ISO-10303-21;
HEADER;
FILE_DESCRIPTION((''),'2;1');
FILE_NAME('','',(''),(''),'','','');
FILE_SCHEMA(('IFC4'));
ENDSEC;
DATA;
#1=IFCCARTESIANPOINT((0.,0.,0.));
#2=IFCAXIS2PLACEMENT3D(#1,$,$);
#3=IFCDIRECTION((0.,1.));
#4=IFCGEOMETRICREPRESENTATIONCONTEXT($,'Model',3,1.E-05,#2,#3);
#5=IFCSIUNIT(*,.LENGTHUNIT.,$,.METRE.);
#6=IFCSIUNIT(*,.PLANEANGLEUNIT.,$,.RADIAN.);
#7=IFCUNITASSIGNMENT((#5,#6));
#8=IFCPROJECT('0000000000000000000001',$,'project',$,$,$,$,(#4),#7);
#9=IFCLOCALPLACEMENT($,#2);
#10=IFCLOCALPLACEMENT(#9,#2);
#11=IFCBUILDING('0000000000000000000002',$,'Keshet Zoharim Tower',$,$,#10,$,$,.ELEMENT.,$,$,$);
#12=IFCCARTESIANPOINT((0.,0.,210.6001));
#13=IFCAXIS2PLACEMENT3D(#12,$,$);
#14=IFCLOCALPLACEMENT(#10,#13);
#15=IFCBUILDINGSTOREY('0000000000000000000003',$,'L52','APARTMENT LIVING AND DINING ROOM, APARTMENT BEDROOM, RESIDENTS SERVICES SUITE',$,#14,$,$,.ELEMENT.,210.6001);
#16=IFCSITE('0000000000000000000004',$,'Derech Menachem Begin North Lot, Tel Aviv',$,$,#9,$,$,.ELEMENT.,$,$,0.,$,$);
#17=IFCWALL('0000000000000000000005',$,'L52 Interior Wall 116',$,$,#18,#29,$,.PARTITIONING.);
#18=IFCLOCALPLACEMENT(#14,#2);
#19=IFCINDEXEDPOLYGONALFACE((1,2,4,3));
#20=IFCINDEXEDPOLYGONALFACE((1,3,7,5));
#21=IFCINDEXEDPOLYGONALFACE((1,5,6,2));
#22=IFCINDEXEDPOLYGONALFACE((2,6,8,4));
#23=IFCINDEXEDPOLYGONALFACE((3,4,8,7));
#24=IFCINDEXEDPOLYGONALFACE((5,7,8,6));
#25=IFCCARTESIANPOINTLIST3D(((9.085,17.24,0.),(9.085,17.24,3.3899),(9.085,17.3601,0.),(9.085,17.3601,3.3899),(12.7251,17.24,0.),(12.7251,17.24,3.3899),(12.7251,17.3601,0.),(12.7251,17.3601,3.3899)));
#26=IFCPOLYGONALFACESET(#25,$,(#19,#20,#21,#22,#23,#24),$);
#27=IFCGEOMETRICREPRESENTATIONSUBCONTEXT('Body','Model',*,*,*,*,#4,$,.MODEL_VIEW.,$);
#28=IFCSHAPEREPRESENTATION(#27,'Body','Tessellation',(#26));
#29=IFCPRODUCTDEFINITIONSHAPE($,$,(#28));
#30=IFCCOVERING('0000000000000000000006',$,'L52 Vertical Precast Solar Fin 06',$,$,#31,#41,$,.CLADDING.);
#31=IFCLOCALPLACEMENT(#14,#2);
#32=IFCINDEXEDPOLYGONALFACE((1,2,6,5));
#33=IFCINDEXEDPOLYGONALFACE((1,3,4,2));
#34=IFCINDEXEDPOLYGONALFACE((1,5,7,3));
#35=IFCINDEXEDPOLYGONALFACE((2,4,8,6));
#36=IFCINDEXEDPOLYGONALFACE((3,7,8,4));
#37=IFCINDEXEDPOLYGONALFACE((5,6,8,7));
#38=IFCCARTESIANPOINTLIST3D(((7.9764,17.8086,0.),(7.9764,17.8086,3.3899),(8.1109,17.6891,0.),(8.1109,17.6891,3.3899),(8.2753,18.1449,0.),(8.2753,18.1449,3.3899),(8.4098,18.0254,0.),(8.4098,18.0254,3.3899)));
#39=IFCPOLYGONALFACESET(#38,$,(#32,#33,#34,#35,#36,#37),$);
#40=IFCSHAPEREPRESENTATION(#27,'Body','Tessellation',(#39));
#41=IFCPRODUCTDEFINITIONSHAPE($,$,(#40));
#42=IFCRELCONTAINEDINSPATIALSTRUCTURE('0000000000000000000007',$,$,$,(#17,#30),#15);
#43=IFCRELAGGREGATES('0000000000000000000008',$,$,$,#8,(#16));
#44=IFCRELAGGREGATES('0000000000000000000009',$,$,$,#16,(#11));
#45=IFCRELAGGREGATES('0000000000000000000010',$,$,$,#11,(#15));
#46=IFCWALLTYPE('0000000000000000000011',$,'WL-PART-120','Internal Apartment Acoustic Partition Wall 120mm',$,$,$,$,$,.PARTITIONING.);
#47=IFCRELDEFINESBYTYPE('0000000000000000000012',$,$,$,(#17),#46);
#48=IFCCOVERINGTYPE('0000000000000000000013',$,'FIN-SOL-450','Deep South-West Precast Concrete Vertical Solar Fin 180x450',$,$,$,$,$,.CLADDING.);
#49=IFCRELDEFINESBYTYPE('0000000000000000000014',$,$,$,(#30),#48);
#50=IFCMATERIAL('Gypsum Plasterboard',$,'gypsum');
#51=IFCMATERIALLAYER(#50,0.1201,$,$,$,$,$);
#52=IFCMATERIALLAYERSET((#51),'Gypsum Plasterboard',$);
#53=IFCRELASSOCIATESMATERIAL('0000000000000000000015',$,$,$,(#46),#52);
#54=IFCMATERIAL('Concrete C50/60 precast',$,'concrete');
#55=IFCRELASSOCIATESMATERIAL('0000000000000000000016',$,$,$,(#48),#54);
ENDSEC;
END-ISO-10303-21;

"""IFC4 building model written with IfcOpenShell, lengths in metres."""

from ifc_helpers import new_model, si_unit, direction, frame, frame_2d, origin, origin_2d, place, context, subcontext, project, spatial, rectangle, extrude, material, layer, layer_set, type_object, element, save


model = new_model("IFC4")

# Units and contexts
model_context = context("Model", 3, precision=1e-05, world=origin(), true_north=direction((0.0, 1.0)))
body_context = subcontext(model_context, "Body", "Model", "MODEL_VIEW")
ifc_project = project(units=[si_unit("LENGTHUNIT", "METRE"), si_unit("PLANEANGLEUNIT", "RADIAN")], contexts=[model_context])

# Site, building, storey
site_placement = place(None, origin())
site = spatial("IfcSite", under=ifc_project, at=site_placement, Name="Derech Menachem Begin North Lot, Tel Aviv", CompositionType="ELEMENT", RefElevation=0.0)
building_placement = place(site_placement, origin())
building = spatial("IfcBuilding", under=site, at=building_placement, Name="Keshet Zoharim Tower", CompositionType="ELEMENT")
storey_placement = place(building_placement, frame((0.0, 0.0, 210.6001)))
storey = spatial("IfcBuildingStorey", under=building, at=storey_placement, Name="L52", Description="APARTMENT LIVING AND DINING ROOM, APARTMENT BEDROOM, RESIDENTS SERVICES SUITE", CompositionType="ELEMENT", Elevation=210.6001)

# Shared definitions
ifc_material_1 = material(Name="Gypsum Plasterboard", Category="gypsum")

# Wall
ifc_layer_1 = layer(ifc_material_1, 0.1201)
ifc_layer_set_1 = layer_set([ifc_layer_1], Name="Gypsum Plasterboard")
wall_type_1 = type_object("IfcWallType", Name="WL-PART-120", Description="Internal Apartment Acoustic Partition Wall 120mm", PredefinedType="PARTITIONING", material=ifc_layer_set_1)
wall_1_placement = place(storey_placement, frame((9.085, 17.3, 0.0), z_axis=(0.0, 0.0, 1.0), x_axis=(1.0, 0.0, 0.0)))
element("IfcWall", 1, at=wall_1_placement, inside=storey, type_object=wall_type_1, Name="L52 Interior Wall 116", PredefinedType="PARTITIONING", context=body_context, shape_type="SweptSolid", body=[
    extrude(rectangle(XDim=3.6401, YDim=0.1201, at=frame_2d((1.8201, 0.0))), origin(), (0.0, 0.0, 1.0), 3.3899),
])

# Covering
ifc_material_2 = material(Name="Concrete C50/60 precast", Category="concrete")
covering_type = type_object("IfcCoveringType", Name="FIN-SOL-450", Description="Deep South-West Precast Concrete Vertical Solar Fin 180x450", PredefinedType="CLADDING", material=ifc_material_2)
covering_placement = place(storey_placement, frame((8.1931, 17.917, 0.0), z_axis=(0.0, 0.0, 1.0), x_axis=(-0.747409, 0.664364, 0.0)))
element("IfcCovering", 2, at=covering_placement, inside=storey, type_object=covering_type, Name="L52 Vertical Precast Solar Fin 06", PredefinedType="CLADDING", context=body_context, shape_type="SweptSolid", body=[
    extrude(rectangle(XDim=0.1799, YDim=0.45, at=origin_2d()), origin(), (0.0, 0.0, 1.0), 3.3899),
])

save(model, "model.ifc")
